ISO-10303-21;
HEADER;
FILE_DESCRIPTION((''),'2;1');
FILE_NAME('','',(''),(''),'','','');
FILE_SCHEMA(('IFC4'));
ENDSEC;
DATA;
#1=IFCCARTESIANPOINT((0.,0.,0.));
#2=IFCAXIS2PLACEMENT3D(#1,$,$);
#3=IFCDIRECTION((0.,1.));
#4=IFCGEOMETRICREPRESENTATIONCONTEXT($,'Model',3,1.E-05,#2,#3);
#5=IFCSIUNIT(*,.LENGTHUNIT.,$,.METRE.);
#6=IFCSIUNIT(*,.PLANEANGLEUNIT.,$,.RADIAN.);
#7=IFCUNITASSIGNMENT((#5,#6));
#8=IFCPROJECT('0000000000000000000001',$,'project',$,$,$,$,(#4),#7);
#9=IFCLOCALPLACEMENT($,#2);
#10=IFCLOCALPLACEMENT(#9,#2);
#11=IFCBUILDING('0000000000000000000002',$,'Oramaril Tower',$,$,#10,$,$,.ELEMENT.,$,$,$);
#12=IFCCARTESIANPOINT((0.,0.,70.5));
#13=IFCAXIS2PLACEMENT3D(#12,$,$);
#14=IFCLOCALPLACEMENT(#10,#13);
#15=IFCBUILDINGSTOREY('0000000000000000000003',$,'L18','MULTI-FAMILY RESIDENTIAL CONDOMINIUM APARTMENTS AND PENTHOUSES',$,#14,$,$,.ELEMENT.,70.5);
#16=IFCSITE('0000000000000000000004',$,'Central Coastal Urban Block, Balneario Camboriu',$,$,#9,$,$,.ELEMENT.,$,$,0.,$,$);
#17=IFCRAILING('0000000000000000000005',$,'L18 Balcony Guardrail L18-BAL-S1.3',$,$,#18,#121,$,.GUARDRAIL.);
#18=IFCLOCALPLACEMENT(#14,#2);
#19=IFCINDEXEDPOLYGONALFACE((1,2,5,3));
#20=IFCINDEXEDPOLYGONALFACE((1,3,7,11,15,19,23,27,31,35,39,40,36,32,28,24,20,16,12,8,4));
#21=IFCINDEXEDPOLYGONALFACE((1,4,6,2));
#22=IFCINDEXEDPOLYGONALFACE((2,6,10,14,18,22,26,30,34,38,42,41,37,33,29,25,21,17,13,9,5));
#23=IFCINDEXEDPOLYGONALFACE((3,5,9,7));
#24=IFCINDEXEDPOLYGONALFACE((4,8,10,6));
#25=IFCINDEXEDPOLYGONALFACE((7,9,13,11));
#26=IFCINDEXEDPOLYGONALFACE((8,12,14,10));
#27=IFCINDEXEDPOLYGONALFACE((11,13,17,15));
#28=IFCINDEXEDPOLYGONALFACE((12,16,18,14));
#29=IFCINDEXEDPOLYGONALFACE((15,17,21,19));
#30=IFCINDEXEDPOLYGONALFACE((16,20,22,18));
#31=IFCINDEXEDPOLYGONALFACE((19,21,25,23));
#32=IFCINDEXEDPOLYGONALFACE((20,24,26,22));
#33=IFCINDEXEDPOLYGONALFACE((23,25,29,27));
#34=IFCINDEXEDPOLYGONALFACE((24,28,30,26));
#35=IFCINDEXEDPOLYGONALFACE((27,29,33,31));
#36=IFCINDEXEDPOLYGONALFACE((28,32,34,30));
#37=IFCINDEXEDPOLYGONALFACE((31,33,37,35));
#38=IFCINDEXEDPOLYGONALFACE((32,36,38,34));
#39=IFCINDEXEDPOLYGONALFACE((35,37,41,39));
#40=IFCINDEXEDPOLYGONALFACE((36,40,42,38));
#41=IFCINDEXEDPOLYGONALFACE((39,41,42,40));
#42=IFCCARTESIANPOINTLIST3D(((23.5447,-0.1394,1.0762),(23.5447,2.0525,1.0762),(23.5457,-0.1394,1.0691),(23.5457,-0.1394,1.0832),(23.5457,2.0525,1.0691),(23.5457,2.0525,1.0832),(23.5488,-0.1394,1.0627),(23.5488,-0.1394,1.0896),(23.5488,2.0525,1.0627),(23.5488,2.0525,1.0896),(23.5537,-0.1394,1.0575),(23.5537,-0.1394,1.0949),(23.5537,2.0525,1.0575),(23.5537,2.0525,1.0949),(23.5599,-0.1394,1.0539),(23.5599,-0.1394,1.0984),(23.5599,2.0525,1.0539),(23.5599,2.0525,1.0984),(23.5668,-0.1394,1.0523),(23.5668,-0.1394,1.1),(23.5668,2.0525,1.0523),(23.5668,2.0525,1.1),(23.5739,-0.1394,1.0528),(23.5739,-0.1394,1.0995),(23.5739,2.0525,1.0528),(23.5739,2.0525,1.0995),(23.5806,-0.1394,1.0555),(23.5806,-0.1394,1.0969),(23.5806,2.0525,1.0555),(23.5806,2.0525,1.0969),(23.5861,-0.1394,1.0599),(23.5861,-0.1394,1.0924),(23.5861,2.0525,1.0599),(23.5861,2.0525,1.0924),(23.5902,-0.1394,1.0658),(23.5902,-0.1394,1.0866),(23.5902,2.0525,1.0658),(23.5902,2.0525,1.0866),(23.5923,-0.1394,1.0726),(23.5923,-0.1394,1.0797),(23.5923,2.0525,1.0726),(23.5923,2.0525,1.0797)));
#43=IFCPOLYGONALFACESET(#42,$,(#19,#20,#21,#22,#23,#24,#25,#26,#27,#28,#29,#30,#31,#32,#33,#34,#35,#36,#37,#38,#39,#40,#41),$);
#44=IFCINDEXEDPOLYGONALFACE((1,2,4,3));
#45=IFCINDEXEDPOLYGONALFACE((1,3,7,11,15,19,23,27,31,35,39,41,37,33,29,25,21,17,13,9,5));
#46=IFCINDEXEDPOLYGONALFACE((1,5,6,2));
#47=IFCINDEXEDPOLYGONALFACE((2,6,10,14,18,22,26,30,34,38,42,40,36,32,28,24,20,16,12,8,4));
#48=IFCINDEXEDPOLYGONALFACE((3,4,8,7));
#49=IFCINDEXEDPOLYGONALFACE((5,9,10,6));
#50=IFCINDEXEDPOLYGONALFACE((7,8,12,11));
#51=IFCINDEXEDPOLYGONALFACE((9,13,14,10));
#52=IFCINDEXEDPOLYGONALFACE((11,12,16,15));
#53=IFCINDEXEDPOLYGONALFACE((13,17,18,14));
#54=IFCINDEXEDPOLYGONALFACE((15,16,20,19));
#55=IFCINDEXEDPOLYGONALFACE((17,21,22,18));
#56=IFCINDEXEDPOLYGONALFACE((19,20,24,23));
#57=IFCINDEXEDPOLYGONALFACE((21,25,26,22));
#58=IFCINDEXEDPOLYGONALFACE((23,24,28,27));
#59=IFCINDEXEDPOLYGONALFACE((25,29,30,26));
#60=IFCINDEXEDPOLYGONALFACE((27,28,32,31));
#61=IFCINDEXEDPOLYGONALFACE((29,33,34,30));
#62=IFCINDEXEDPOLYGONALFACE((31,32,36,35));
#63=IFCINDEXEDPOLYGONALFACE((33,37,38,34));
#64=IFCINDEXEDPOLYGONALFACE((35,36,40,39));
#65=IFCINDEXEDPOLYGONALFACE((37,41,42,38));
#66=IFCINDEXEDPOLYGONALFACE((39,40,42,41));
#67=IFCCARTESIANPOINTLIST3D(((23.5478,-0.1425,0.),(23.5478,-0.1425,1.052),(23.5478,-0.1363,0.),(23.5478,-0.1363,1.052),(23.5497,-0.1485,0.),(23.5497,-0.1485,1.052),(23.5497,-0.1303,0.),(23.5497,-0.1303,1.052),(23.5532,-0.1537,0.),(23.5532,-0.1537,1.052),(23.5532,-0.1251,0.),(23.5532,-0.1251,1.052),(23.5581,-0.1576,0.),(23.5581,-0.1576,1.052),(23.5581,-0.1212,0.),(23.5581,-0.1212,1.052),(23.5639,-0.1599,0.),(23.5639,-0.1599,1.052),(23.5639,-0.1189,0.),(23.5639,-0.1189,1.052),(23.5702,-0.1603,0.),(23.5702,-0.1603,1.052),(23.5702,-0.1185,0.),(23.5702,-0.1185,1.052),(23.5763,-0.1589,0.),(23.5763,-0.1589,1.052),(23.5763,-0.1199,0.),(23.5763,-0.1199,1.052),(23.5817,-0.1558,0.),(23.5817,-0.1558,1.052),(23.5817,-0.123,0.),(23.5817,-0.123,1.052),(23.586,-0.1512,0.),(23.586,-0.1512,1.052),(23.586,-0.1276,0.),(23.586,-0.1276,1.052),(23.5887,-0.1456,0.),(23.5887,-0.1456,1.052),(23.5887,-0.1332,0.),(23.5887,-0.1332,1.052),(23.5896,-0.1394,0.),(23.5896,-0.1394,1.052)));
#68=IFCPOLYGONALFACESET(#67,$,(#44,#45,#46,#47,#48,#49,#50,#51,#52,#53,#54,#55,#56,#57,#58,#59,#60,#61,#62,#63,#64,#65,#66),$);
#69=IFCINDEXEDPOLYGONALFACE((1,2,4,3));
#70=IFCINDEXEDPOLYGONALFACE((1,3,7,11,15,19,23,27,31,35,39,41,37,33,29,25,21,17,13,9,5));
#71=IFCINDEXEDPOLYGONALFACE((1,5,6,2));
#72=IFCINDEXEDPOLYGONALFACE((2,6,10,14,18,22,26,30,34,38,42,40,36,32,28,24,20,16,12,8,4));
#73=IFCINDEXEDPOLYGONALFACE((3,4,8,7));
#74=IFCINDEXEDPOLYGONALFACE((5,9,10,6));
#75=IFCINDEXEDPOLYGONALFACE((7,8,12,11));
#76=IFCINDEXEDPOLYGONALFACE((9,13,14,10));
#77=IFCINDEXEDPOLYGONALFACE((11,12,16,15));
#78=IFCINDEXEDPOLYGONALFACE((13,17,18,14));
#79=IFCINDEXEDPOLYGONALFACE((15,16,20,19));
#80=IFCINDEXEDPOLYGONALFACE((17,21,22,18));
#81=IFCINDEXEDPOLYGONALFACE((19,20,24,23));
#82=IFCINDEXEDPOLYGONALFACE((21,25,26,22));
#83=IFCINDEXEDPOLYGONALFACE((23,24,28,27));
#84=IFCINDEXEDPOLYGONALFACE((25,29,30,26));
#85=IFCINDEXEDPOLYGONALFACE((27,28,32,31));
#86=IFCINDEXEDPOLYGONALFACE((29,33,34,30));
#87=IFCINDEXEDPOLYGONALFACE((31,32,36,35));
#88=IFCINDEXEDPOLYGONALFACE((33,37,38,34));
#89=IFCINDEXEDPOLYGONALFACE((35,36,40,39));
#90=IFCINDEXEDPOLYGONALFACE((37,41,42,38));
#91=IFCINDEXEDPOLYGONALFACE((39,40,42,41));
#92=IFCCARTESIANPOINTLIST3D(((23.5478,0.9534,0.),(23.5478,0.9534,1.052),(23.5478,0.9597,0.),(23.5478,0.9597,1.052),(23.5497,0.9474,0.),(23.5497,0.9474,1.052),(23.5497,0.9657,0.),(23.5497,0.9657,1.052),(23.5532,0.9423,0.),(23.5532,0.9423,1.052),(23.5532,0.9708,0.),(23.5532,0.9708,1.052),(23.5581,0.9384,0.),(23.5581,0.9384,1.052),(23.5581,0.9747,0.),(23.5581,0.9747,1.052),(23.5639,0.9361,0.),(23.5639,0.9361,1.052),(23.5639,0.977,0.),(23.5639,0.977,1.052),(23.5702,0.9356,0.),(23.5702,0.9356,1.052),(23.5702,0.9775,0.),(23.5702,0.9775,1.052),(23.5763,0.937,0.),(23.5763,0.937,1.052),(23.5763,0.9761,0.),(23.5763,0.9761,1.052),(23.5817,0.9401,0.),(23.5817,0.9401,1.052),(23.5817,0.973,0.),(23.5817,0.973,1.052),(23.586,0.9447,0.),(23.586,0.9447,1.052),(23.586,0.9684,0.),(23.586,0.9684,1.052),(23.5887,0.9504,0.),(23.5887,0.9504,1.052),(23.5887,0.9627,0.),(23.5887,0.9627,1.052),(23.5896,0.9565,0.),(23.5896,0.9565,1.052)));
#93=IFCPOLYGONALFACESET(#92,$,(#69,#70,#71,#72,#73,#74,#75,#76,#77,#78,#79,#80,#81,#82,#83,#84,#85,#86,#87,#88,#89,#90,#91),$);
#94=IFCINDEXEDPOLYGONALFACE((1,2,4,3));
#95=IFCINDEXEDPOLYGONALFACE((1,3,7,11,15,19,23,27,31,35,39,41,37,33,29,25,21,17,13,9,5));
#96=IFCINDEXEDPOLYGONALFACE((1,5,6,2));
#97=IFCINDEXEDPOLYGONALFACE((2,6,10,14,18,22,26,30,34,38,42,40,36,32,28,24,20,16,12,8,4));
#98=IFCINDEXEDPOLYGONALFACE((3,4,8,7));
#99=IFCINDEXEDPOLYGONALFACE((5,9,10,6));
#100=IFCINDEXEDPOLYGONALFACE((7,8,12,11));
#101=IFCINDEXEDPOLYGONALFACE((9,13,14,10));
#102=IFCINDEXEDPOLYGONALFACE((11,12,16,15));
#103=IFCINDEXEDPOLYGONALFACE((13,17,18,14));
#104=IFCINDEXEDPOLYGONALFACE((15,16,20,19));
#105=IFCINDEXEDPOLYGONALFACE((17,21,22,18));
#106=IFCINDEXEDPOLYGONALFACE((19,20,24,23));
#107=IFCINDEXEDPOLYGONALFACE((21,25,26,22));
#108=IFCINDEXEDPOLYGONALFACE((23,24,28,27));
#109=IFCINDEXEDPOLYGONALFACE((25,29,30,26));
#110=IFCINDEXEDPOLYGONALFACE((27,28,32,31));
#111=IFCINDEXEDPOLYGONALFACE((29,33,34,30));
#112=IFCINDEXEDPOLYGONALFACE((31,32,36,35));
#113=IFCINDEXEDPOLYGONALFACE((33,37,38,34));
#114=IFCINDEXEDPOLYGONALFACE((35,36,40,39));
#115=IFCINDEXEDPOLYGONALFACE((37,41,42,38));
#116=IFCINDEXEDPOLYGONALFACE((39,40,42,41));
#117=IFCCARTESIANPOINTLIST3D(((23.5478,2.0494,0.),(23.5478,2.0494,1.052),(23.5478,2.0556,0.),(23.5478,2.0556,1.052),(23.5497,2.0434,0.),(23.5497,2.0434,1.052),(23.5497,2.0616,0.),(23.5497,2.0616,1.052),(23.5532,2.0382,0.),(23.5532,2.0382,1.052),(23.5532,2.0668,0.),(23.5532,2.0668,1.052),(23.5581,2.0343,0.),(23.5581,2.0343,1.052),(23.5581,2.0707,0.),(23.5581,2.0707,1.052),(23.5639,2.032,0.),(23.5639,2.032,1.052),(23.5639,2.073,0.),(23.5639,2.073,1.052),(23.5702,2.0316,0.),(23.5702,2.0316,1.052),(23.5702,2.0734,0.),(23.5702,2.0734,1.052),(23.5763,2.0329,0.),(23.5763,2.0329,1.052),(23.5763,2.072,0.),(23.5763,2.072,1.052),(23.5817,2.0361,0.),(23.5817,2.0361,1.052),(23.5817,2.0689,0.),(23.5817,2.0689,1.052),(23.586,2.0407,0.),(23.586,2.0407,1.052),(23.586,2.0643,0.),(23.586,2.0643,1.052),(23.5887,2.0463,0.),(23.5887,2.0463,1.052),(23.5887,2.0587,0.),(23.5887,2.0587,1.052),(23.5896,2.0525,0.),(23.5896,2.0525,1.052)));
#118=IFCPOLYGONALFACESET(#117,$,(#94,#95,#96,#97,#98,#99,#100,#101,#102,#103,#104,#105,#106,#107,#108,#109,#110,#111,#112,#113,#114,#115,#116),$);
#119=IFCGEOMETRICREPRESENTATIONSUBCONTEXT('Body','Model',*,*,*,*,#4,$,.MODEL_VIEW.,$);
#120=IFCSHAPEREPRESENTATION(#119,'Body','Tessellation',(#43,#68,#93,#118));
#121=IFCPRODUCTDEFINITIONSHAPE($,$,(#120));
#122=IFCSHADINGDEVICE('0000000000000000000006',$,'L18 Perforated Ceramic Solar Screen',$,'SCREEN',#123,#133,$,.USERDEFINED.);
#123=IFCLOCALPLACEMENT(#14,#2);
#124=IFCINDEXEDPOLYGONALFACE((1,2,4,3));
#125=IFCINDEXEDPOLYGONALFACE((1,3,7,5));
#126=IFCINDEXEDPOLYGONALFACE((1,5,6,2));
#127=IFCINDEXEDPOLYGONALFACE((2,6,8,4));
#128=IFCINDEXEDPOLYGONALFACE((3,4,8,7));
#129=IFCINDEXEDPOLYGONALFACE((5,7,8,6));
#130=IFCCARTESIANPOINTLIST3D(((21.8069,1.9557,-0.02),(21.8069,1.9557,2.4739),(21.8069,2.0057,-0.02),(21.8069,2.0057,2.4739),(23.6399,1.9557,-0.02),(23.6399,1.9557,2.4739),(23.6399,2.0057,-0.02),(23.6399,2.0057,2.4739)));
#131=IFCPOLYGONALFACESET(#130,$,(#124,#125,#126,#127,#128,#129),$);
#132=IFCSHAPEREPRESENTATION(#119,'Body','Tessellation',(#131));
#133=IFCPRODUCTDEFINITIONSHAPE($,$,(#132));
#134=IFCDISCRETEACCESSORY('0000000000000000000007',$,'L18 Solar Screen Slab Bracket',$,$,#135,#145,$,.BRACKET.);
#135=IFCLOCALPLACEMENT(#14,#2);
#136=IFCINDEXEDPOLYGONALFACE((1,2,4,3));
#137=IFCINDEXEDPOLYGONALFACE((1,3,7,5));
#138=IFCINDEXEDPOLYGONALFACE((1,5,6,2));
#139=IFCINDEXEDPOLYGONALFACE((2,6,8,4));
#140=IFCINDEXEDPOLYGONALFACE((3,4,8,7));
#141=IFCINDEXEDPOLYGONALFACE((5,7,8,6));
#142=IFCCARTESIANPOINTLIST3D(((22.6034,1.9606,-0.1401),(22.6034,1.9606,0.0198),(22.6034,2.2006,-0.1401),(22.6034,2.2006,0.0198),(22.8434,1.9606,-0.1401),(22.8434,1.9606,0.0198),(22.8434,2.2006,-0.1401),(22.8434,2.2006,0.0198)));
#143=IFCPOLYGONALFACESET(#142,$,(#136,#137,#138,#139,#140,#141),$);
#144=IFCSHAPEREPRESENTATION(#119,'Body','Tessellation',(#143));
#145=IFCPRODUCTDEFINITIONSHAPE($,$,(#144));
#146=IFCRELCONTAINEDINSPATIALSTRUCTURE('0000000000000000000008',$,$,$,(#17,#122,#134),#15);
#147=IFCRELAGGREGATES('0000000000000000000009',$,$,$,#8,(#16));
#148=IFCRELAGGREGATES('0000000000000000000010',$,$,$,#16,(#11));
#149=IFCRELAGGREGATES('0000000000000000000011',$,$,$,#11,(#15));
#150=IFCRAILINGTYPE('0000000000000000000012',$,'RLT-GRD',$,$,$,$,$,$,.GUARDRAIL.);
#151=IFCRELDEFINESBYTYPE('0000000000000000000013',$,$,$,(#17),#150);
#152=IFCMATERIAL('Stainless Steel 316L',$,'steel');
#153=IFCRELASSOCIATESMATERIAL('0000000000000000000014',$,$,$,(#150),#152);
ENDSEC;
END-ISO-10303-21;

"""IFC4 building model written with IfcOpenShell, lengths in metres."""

from ifc_helpers import new_model, si_unit, direction, frame, origin, origin_2d, place, context, subcontext, project, spatial, rectangle, circle, extrude, material, type_object, element, save


model = new_model("IFC4")

# Units and contexts
model_context = context("Model", 3, precision=1e-05, world=origin(), true_north=direction((0.0, 1.0)))
body_context = subcontext(model_context, "Body", "Model", "MODEL_VIEW")
ifc_project = project(units=[si_unit("LENGTHUNIT", "METRE"), si_unit("PLANEANGLEUNIT", "RADIAN")], contexts=[model_context])

# Site, building, storey
site_placement = place(None, origin())
site = spatial("IfcSite", under=ifc_project, at=site_placement, Name="Central Coastal Urban Block, Balneario Camboriu", CompositionType="ELEMENT", RefElevation=0.0)
building_placement = place(site_placement, origin())
building = spatial("IfcBuilding", under=site, at=building_placement, Name="Oramaril Tower", CompositionType="ELEMENT")
storey_placement = place(building_placement, frame((0.0, 0.0, 70.5)))
storey = spatial("IfcBuildingStorey", under=building, at=storey_placement, Name="L18", Description="MULTI-FAMILY RESIDENTIAL CONDOMINIUM APARTMENTS AND PENTHOUSES", CompositionType="ELEMENT", Elevation=70.5)

# Railing
ifc_material_1 = material(Name="Stainless Steel 316L", Category="steel")
railing_type = type_object("IfcRailingType", Name="RLT-GRD", PredefinedType="GUARDRAIL", material=ifc_material_1)
railing_placement = place(storey_placement, frame((23.5686, -0.1394, 0.0)))
element("IfcRailing", 1, at=railing_placement, inside=storey, type_object=railing_type, Name="L18 Balcony Guardrail L18-BAL-S1.3", PredefinedType="GUARDRAIL", context=body_context, shape_type="SweptSolid", body=[
    extrude(circle(Radius=0.0239, at=origin_2d()), frame((0.0, 0.0, 1.0762), z_axis=(0.0, 1.0, 0.0), x_axis=(-1.0, 0.0, 0.0)), (0.0, 0.0, 1.0), 2.1919),
    extrude(circle(Radius=0.021, at=origin_2d()), origin(), (0.0, 0.0, 1.0), 1.052),
    extrude(circle(Radius=0.021, at=origin_2d()), frame((0.0, 1.0959, 0.0)), (0.0, 0.0, 1.0), 1.052),
    extrude(circle(Radius=0.021, at=origin_2d()), frame((0.0, 2.1919, 0.0)), (0.0, 0.0, 1.0), 1.052),
])

# Shading device
shading_device_placement = place(storey_placement, frame((22.7234, 1.9807, -0.02), z_axis=(0.0, 0.0, 1.0), x_axis=(1.0, 0.0, 0.0)))
element("IfcShadingDevice", 2, at=shading_device_placement, inside=storey, Name="L18 Perforated Ceramic Solar Screen", ObjectType="SCREEN", PredefinedType="USERDEFINED", context=body_context, shape_type="SweptSolid", body=[
    extrude(rectangle(XDim=1.833, YDim=0.05, at=origin_2d()), origin(), (0.0, 0.0, 1.0), 2.4939),
])

# Discrete accessory
discrete_accessory_placement = place(storey_placement, frame((22.7234, 2.0806, -0.1401), z_axis=(0.0, 0.0, 1.0), x_axis=(1.0, 0.0, 0.0)))
element("IfcDiscreteAccessory", 3, at=discrete_accessory_placement, inside=storey, Name="L18 Solar Screen Slab Bracket", PredefinedType="BRACKET", context=body_context, shape_type="SweptSolid", body=[
    extrude(rectangle(XDim=0.24, YDim=0.24, at=origin_2d()), origin(), (0.0, 0.0, 1.0), 0.1599),
])

save(model, "model.ifc")
